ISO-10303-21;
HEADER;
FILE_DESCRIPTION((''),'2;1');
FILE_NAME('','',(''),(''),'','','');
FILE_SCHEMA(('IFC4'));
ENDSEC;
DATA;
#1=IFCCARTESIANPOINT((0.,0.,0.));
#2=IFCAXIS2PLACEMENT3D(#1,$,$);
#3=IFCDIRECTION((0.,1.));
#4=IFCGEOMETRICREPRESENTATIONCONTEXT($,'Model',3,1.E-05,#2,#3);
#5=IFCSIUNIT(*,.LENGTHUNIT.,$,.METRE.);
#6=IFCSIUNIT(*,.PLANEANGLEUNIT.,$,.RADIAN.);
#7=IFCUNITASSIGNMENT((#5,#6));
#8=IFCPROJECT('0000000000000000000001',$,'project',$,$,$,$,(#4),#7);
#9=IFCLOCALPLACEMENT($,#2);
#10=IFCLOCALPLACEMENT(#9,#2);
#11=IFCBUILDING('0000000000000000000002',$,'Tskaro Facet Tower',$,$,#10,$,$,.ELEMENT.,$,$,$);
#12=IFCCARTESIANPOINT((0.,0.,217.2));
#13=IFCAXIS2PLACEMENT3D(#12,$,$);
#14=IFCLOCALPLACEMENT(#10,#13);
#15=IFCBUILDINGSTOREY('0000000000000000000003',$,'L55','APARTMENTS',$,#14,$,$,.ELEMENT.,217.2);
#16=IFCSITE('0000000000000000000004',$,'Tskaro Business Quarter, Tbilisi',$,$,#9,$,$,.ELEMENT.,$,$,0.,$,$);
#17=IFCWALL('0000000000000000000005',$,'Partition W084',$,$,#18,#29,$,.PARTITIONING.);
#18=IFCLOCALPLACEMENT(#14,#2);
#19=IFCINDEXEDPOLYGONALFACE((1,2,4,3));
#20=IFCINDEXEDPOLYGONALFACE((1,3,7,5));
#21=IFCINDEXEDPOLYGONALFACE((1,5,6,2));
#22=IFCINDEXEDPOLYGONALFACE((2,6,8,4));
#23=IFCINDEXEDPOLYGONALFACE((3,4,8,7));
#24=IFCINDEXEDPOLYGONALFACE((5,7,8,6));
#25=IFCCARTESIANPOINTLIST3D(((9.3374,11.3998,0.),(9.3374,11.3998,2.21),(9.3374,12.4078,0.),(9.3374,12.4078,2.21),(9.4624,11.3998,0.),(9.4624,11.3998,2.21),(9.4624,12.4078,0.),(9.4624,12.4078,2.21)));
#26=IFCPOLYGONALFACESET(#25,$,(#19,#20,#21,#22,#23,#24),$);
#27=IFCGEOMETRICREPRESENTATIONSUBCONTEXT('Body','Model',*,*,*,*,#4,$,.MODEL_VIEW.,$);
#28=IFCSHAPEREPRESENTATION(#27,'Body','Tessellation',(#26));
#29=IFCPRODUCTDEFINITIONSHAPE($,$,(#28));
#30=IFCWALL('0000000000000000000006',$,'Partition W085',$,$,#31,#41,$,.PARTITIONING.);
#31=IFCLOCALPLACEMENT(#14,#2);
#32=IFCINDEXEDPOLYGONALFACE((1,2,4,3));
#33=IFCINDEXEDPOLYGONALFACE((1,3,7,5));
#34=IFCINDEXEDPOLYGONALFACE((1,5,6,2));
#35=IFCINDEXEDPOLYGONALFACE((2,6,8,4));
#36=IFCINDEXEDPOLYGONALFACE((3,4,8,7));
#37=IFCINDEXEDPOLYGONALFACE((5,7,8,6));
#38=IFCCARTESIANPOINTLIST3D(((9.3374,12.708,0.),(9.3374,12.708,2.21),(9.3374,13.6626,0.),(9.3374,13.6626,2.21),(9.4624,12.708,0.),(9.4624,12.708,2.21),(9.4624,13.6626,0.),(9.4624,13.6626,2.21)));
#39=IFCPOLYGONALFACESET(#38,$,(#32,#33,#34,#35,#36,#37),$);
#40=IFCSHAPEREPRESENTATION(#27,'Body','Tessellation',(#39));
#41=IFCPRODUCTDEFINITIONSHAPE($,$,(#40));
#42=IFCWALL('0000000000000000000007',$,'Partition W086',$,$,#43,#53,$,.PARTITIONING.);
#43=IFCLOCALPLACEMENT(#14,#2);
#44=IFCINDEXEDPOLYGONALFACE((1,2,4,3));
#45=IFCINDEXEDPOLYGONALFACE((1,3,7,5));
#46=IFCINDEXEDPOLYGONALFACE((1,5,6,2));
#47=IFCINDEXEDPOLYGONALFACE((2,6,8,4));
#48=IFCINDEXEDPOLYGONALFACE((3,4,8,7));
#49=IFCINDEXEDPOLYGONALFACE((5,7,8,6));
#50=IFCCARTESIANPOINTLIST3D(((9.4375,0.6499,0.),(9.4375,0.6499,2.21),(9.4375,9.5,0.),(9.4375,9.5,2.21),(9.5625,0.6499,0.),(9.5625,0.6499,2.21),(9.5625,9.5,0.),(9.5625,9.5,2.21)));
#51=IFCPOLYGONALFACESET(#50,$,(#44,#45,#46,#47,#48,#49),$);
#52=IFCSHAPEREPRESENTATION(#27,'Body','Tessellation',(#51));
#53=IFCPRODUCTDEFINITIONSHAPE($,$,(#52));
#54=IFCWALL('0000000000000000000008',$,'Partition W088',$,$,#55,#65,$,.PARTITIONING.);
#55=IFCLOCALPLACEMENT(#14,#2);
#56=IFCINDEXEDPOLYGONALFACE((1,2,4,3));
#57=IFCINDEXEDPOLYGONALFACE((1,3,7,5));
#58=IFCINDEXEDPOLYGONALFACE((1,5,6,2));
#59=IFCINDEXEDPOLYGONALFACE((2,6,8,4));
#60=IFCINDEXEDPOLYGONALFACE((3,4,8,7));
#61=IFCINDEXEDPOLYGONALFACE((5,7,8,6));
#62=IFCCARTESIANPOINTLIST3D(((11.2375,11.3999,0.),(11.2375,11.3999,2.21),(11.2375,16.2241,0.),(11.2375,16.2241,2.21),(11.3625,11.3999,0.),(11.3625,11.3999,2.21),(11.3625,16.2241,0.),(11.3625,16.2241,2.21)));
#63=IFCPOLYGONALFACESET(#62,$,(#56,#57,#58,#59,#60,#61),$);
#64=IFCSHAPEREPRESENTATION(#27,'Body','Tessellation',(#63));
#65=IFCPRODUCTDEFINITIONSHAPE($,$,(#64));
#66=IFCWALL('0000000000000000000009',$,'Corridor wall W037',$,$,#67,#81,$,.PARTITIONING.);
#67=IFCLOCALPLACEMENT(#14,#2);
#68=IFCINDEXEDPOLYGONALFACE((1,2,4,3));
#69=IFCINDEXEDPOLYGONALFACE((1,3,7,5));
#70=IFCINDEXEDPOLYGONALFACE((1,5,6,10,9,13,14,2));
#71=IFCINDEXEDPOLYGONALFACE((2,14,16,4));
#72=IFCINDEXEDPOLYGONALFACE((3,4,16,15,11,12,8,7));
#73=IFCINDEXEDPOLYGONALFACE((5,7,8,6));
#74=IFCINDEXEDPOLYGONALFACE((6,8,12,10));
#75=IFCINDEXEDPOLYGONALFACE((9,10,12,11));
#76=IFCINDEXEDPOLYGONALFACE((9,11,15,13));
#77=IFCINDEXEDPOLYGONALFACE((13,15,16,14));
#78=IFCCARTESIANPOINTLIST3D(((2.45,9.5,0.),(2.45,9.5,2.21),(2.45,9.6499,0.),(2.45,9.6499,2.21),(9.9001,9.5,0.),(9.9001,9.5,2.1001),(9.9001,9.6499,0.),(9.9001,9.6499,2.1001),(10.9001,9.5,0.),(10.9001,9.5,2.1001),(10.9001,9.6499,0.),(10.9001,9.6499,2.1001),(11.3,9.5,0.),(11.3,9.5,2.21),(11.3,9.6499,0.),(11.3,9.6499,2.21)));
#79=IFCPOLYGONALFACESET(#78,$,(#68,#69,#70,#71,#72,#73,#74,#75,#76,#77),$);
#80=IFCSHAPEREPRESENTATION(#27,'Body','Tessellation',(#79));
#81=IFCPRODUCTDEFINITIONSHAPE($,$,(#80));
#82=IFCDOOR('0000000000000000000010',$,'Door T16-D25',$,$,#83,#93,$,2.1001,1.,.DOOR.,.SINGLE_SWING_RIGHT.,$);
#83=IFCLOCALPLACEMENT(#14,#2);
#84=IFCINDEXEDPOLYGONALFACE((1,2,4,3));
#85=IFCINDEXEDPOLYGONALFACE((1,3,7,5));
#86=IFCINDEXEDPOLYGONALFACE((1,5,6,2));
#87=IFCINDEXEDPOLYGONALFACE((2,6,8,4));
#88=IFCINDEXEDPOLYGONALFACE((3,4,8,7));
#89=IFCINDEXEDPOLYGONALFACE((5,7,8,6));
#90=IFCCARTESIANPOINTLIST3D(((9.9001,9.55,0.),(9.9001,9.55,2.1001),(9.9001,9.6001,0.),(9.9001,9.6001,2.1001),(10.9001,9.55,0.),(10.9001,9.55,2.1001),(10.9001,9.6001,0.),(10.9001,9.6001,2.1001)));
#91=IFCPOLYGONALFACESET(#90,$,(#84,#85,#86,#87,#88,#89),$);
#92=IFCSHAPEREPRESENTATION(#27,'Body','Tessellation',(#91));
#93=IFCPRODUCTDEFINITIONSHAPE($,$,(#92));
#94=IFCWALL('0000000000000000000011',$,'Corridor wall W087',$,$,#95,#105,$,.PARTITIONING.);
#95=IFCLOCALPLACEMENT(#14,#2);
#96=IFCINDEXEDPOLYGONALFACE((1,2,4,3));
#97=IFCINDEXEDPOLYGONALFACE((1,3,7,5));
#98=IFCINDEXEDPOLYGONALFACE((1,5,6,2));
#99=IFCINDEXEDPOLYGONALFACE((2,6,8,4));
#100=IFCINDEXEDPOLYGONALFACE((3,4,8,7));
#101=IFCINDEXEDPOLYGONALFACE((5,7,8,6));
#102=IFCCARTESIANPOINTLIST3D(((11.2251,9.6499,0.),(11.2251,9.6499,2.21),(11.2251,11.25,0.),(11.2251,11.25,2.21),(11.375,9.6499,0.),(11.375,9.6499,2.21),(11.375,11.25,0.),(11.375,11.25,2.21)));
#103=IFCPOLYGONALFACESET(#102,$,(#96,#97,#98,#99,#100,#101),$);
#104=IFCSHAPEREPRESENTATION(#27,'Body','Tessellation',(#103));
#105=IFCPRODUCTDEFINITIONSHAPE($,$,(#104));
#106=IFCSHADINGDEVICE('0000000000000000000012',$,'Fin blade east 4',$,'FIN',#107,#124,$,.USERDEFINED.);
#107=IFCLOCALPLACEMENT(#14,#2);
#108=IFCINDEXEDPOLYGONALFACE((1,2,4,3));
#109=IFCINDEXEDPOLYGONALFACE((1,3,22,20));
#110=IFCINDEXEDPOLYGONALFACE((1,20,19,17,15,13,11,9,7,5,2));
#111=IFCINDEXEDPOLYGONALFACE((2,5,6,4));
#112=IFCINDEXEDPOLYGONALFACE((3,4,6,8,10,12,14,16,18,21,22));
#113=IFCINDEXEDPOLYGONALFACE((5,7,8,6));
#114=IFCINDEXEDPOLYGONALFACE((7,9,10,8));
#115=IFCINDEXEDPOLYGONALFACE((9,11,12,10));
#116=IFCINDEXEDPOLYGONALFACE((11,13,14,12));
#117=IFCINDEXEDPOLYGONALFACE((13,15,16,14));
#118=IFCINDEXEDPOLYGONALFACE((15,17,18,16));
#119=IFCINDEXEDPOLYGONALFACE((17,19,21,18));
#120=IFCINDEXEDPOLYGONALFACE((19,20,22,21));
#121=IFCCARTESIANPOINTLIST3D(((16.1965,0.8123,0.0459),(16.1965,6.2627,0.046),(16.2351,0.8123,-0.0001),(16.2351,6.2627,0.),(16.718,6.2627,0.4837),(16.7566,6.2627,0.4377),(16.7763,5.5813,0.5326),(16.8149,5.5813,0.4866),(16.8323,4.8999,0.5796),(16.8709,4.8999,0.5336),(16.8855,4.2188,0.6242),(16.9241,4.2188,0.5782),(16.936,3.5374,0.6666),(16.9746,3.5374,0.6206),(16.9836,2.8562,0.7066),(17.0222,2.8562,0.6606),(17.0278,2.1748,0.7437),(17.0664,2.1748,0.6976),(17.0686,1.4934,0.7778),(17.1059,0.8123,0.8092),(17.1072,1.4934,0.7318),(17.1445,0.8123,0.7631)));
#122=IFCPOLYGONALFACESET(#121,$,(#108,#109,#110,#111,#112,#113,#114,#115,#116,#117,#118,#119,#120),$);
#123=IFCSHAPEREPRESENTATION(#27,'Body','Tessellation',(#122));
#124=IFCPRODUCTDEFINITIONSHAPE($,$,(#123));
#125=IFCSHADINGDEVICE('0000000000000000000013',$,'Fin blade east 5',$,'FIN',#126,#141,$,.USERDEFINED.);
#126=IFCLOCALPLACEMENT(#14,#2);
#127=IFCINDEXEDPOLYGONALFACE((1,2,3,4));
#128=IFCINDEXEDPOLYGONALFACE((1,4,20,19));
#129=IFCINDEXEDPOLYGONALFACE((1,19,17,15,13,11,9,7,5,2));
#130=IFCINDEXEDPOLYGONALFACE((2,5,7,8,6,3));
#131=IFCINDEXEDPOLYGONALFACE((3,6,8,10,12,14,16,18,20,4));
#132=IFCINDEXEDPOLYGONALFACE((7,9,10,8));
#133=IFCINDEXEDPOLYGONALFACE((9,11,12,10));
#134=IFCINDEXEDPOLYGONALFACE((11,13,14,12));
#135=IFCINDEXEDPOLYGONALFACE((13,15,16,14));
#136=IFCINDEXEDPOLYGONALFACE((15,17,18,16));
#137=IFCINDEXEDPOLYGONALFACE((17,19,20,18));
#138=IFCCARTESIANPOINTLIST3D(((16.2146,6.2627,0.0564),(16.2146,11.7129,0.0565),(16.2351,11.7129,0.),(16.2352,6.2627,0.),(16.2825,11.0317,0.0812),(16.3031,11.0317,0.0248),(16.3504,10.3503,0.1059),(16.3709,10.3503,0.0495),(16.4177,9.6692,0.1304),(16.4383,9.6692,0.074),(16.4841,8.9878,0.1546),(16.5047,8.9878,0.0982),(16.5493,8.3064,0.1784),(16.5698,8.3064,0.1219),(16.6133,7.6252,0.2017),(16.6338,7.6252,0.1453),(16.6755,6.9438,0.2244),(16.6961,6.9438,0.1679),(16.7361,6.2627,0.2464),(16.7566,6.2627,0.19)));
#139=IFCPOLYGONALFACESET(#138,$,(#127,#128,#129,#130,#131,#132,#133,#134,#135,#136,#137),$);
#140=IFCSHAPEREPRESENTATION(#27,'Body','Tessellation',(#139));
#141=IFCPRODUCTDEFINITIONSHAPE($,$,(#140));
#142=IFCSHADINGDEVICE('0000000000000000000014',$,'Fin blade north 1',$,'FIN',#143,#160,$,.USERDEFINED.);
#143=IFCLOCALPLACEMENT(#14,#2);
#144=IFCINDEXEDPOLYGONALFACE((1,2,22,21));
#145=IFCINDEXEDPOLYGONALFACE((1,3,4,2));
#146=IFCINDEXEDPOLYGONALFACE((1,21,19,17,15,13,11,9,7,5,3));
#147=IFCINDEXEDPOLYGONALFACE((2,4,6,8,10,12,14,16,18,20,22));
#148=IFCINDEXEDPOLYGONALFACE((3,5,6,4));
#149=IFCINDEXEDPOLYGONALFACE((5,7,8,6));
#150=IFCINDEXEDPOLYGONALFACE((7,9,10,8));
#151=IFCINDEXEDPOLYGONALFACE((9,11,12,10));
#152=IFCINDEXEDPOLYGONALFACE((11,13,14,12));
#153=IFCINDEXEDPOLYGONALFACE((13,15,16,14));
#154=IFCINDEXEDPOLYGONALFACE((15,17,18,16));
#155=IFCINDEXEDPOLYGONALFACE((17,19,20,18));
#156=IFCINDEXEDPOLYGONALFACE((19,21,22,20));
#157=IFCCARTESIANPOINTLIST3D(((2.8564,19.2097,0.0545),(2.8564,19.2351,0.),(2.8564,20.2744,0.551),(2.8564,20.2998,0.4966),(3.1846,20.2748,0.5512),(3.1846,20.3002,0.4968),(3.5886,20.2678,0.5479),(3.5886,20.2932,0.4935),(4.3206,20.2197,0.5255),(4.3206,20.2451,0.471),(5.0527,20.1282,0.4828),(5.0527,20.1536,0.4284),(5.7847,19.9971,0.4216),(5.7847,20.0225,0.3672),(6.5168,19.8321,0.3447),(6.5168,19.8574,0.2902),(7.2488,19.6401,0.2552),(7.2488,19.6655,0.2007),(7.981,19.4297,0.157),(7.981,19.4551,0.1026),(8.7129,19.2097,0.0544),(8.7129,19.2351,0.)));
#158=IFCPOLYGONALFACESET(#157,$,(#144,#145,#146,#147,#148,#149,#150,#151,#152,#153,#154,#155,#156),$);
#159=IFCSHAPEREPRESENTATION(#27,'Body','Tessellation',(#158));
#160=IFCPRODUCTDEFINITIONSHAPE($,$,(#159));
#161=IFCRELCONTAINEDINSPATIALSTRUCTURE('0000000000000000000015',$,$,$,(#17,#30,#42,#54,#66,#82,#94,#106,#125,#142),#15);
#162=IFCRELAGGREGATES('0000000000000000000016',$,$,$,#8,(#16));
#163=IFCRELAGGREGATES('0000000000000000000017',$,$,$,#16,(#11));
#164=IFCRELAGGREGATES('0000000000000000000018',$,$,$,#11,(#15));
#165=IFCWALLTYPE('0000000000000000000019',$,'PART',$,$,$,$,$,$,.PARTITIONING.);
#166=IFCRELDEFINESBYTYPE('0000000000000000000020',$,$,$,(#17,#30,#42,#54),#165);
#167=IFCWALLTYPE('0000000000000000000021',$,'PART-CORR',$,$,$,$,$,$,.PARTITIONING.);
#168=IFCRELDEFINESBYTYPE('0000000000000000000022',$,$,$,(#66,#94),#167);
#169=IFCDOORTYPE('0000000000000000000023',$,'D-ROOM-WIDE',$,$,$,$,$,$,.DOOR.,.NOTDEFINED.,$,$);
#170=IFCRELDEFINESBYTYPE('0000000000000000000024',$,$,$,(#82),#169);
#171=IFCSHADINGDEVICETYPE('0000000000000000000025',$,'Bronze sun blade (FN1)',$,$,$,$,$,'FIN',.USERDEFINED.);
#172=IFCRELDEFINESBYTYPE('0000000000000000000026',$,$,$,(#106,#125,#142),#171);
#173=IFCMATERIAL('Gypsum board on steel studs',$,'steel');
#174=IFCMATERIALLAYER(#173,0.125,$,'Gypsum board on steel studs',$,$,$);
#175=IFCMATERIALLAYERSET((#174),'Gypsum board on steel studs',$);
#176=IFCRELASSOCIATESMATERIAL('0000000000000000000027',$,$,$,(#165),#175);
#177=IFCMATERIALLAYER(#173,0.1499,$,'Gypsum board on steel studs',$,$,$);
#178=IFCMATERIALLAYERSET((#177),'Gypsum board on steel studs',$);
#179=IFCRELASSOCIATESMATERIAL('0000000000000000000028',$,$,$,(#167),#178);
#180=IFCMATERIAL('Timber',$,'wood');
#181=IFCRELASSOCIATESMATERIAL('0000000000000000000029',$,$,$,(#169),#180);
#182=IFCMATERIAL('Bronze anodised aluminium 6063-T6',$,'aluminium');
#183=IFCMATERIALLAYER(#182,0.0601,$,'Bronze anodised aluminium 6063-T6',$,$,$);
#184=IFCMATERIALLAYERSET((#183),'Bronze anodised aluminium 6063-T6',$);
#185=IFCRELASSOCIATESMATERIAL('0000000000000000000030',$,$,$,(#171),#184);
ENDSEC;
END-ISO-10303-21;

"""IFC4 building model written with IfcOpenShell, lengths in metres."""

from ifc_helpers import new_model, si_unit, direction, frame, frame_2d, origin, place, context, subcontext, project, spatial, polyline, rectangle, outline, extrude, material, layer, layer_set, type_object, element, fill, save


model = new_model("IFC4")

# Units and contexts
model_context = context("Model", 3, precision=1e-05, world=origin(), true_north=direction((0.0, 1.0)))
body_context = subcontext(model_context, "Body", "Model", "MODEL_VIEW")
ifc_project = project(units=[si_unit("LENGTHUNIT", "METRE"), si_unit("PLANEANGLEUNIT", "RADIAN")], contexts=[model_context])

# Site, building, storey
site_placement = place(None, origin())
site = spatial("IfcSite", under=ifc_project, at=site_placement, Name="Tskaro Business Quarter, Tbilisi", CompositionType="ELEMENT", RefElevation=0.0)
building_placement = place(site_placement, origin())
building = spatial("IfcBuilding", under=site, at=building_placement, Name="Tskaro Facet Tower", CompositionType="ELEMENT")
storey_placement = place(building_placement, frame((0.0, 0.0, 217.2)))
storey = spatial("IfcBuildingStorey", under=building, at=storey_placement, Name="L55", Description="APARTMENTS", CompositionType="ELEMENT", Elevation=217.2)

# Shared definitions
ifc_material_1 = material(Name="Bronze anodised aluminium 6063-T6", Category="aluminium")

# Walls
ifc_material_2 = material(Name="Gypsum board on steel studs", Category="steel")
ifc_layer_1 = layer(ifc_material_2, 0.125, Name="Gypsum board on steel studs")
ifc_layer_set_1 = layer_set([ifc_layer_1], Name="Gypsum board on steel studs")
wall_type_1 = type_object("IfcWallType", Name="PART", PredefinedType="PARTITIONING", material=ifc_layer_set_1)
wall_1_placement = place(storey_placement, frame((9.3999, 11.3999, 0.0), z_axis=(0.0, 0.0, 1.0), x_axis=(0.0, 1.0, 0.0)))
element("IfcWall", 1, at=wall_1_placement, inside=storey, type_object=wall_type_1, Name="Partition W084", PredefinedType="PARTITIONING", context=body_context, shape_type="SweptSolid", body=[
    extrude(rectangle(XDim=1.0081, YDim=0.125, at=frame_2d((0.5039, 0.0))), origin(), (0.0, 0.0, 1.0), 2.21),
])
wall_2_placement = place(storey_placement, frame((9.3999, 12.708, 0.0), z_axis=(0.0, 0.0, 1.0), x_axis=(0.0, 1.0, 0.0)))
element("IfcWall", 2, at=wall_2_placement, inside=storey, type_object=wall_type_1, Name="Partition W085", PredefinedType="PARTITIONING", context=body_context, shape_type="SweptSolid", body=[
    extrude(rectangle(XDim=0.9546, YDim=0.125, at=frame_2d((0.4773, 0.0))), origin(), (0.0, 0.0, 1.0), 2.21),
])
wall_3_placement = place(storey_placement, frame((9.5, 0.6499, 0.0), z_axis=(0.0, 0.0, 1.0), x_axis=(0.0, 1.0, 0.0)))
element("IfcWall", 3, at=wall_3_placement, inside=storey, type_object=wall_type_1, Name="Partition W086", PredefinedType="PARTITIONING", context=body_context, shape_type="SweptSolid", body=[
    extrude(rectangle(XDim=8.8501, YDim=0.125, at=frame_2d((4.425, 0.0))), origin(), (0.0, 0.0, 1.0), 2.21),
])
wall_4_placement = place(storey_placement, frame((11.3, 11.3999, 0.0), z_axis=(0.0, 0.0, 1.0), x_axis=(0.0, 1.0, 0.0)))
element("IfcWall", 4, at=wall_4_placement, inside=storey, type_object=wall_type_1, Name="Partition W088", PredefinedType="PARTITIONING", context=body_context, shape_type="SweptSolid", body=[
    extrude(rectangle(XDim=4.8242, YDim=0.125, at=frame_2d((2.4121, 0.0))), origin(), (0.0, 0.0, 1.0), 2.21),
])

# Wall, opening, door
ifc_layer_2 = layer(ifc_material_2, 0.1499, Name="Gypsum board on steel studs")
ifc_layer_set_2 = layer_set([ifc_layer_2], Name="Gypsum board on steel studs")
wall_type_2 = type_object("IfcWallType", Name="PART-CORR", PredefinedType="PARTITIONING", material=ifc_layer_set_2)
wall_5_placement = place(storey_placement, frame((11.3, 9.575, 0.0), z_axis=(0.0, 0.0, 1.0), x_axis=(-1.0, 0.0, 0.0)))
wall_5 = element("IfcWall", 5, at=wall_5_placement, inside=storey, type_object=wall_type_2, Name="Corridor wall W037", PredefinedType="PARTITIONING", context=body_context, shape_type="SweptSolid", body=[
    extrude(rectangle(XDim=8.8501, YDim=0.1499, at=frame_2d((4.425, 0.0))), origin(), (0.0, 0.0, 1.0), 2.21),
])
opening_placement = place(wall_5_placement, frame((0.3999, 0.0, 0.0)))
opening = element("IfcOpeningElement", 6, at=opening_placement, cuts=wall_5, PredefinedType="OPENING", context=body_context, shape_type="SweptSolid", body=[
    extrude(rectangle(XDim=1.0, YDim=2.1001, at=frame_2d((0.5, 1.05))), frame((0.0, 0.085, 0.0), z_axis=(0.0, -1.0, 0.0), x_axis=(1.0, 0.0, 0.0)), (0.0, 0.0, 1.0), 0.1699),
])
ifc_material_3 = material(Name="Timber", Category="wood")
door_type = type_object("IfcDoorType", Name="D-ROOM-WIDE", OperationType="NOTDEFINED", PredefinedType="DOOR", material=ifc_material_3)
door_placement = place(opening_placement, origin())
door = element("IfcDoor", 7, at=door_placement, inside=storey, type_object=door_type, Name="Door T16-D25", OperationType="SINGLE_SWING_RIGHT", OverallHeight=2.1001, OverallWidth=1.0, PredefinedType="DOOR", context=body_context, shape_type="SweptSolid", body=[
    extrude(rectangle(XDim=1.0, YDim=2.1001, at=frame_2d((0.5, 1.05))), frame((0.0, 0.0249, 0.0), z_axis=(0.0, -1.0, 0.0), x_axis=(1.0, 0.0, 0.0)), (0.0, 0.0, 1.0), 0.05),
])
fill(opening, door)

# Wall
wall_6_placement = place(storey_placement, frame((11.3, 9.6499, 0.0), z_axis=(0.0, 0.0, 1.0), x_axis=(0.0, 1.0, 0.0)))
element("IfcWall", 8, at=wall_6_placement, inside=storey, type_object=wall_type_2, Name="Corridor wall W087", PredefinedType="PARTITIONING", context=body_context, shape_type="SweptSolid", body=[
    extrude(rectangle(XDim=1.6001, YDim=0.1499, at=frame_2d((0.8, 0.0))), origin(), (0.0, 0.0, 1.0), 2.21),
])

# Shading devices
ifc_layer_3 = layer(ifc_material_1, 0.0601, Name="Bronze anodised aluminium 6063-T6")
ifc_layer_set_3 = layer_set([ifc_layer_3], Name="Bronze anodised aluminium 6063-T6")
shading_device_type = type_object("IfcShadingDeviceType", Name="Bronze sun blade (FN1)", ElementType="FIN", PredefinedType="USERDEFINED", material=ifc_layer_set_3)
shading_device_1_placement = place(storey_placement, frame((16.1965, 0.8123, 0.0459), z_axis=(-0.642889, -0.000013, 0.765959), x_axis=(-0.000008, 1.0, 0.00001)))
element("IfcShadingDevice", 9, at=shading_device_1_placement, inside=storey, type_object=shading_device_type, Name="Fin blade east 4", ObjectType="FIN", PredefinedType="USERDEFINED", context=body_context, shape_type="SweptSolid", body=[
    extrude(outline(polyline([(0.0, 0.0), (5.4504, 0.0), (5.4504, -0.6809), (4.769, -0.7569), (4.0876, -0.8301), (3.4065, -0.8995), (2.7251, -0.9654), (2.0439, -1.0276), (1.3625, -1.0853), (0.6812, -1.1385), (0.0, -1.1872), (0.0, 0.0)])), origin(), (0.0, 0.0, -1.0), 0.0601),
])
shading_device_2_placement = place(storey_placement, frame((16.2146, 6.2627, 0.0564), z_axis=(-0.342357, -0.000013, 0.93957), x_axis=(-0.000005, 1.0, 0.000012)))
element("IfcShadingDevice", 10, at=shading_device_2_placement, inside=storey, type_object=shading_device_type, Name="Fin blade east 5", ObjectType="FIN", PredefinedType="USERDEFINED", context=body_context, shape_type="SweptSolid", body=[
    extrude(outline(polyline([(0.0, 0.0), (5.4502, 0.0), (4.769, -0.0723), (4.0876, -0.1445), (3.4065, -0.2162), (2.7251, -0.2868), (2.0437, -0.3562), (1.3625, -0.4243), (0.6812, -0.4906), (0.0, -0.555), (0.0, 0.0)])), origin(), (0.0, 0.0, -1.0), 0.0601),
])
shading_device_3_placement = place(storey_placement, frame((8.7129, 19.2097, 0.0544), z_axis=(0.000006, -0.422644, 0.906296), x_axis=(-1.0, -0.000003, 0.000006)))
element("IfcShadingDevice", 11, at=shading_device_3_placement, inside=storey, type_object=shading_device_type, Name="Fin blade north 1", ObjectType="FIN", PredefinedType="USERDEFINED", context=body_context, shape_type="SweptSolid", body=[
    extrude(outline(polyline([(0.0, 0.0), (5.8564, 0.0), (5.8564, -1.1748), (5.5283, -1.1753), (5.1243, -1.1675), (4.3923, -1.1144), (3.6602, -1.0135), (2.9282, -0.8688), (2.196, -0.6867), (1.4641, -0.4749), (0.7319, -0.2427), (0.0, 0.0)])), origin(), (0.0, 0.0, -1.0), 0.0601),
])

save(model, "model.ifc")
